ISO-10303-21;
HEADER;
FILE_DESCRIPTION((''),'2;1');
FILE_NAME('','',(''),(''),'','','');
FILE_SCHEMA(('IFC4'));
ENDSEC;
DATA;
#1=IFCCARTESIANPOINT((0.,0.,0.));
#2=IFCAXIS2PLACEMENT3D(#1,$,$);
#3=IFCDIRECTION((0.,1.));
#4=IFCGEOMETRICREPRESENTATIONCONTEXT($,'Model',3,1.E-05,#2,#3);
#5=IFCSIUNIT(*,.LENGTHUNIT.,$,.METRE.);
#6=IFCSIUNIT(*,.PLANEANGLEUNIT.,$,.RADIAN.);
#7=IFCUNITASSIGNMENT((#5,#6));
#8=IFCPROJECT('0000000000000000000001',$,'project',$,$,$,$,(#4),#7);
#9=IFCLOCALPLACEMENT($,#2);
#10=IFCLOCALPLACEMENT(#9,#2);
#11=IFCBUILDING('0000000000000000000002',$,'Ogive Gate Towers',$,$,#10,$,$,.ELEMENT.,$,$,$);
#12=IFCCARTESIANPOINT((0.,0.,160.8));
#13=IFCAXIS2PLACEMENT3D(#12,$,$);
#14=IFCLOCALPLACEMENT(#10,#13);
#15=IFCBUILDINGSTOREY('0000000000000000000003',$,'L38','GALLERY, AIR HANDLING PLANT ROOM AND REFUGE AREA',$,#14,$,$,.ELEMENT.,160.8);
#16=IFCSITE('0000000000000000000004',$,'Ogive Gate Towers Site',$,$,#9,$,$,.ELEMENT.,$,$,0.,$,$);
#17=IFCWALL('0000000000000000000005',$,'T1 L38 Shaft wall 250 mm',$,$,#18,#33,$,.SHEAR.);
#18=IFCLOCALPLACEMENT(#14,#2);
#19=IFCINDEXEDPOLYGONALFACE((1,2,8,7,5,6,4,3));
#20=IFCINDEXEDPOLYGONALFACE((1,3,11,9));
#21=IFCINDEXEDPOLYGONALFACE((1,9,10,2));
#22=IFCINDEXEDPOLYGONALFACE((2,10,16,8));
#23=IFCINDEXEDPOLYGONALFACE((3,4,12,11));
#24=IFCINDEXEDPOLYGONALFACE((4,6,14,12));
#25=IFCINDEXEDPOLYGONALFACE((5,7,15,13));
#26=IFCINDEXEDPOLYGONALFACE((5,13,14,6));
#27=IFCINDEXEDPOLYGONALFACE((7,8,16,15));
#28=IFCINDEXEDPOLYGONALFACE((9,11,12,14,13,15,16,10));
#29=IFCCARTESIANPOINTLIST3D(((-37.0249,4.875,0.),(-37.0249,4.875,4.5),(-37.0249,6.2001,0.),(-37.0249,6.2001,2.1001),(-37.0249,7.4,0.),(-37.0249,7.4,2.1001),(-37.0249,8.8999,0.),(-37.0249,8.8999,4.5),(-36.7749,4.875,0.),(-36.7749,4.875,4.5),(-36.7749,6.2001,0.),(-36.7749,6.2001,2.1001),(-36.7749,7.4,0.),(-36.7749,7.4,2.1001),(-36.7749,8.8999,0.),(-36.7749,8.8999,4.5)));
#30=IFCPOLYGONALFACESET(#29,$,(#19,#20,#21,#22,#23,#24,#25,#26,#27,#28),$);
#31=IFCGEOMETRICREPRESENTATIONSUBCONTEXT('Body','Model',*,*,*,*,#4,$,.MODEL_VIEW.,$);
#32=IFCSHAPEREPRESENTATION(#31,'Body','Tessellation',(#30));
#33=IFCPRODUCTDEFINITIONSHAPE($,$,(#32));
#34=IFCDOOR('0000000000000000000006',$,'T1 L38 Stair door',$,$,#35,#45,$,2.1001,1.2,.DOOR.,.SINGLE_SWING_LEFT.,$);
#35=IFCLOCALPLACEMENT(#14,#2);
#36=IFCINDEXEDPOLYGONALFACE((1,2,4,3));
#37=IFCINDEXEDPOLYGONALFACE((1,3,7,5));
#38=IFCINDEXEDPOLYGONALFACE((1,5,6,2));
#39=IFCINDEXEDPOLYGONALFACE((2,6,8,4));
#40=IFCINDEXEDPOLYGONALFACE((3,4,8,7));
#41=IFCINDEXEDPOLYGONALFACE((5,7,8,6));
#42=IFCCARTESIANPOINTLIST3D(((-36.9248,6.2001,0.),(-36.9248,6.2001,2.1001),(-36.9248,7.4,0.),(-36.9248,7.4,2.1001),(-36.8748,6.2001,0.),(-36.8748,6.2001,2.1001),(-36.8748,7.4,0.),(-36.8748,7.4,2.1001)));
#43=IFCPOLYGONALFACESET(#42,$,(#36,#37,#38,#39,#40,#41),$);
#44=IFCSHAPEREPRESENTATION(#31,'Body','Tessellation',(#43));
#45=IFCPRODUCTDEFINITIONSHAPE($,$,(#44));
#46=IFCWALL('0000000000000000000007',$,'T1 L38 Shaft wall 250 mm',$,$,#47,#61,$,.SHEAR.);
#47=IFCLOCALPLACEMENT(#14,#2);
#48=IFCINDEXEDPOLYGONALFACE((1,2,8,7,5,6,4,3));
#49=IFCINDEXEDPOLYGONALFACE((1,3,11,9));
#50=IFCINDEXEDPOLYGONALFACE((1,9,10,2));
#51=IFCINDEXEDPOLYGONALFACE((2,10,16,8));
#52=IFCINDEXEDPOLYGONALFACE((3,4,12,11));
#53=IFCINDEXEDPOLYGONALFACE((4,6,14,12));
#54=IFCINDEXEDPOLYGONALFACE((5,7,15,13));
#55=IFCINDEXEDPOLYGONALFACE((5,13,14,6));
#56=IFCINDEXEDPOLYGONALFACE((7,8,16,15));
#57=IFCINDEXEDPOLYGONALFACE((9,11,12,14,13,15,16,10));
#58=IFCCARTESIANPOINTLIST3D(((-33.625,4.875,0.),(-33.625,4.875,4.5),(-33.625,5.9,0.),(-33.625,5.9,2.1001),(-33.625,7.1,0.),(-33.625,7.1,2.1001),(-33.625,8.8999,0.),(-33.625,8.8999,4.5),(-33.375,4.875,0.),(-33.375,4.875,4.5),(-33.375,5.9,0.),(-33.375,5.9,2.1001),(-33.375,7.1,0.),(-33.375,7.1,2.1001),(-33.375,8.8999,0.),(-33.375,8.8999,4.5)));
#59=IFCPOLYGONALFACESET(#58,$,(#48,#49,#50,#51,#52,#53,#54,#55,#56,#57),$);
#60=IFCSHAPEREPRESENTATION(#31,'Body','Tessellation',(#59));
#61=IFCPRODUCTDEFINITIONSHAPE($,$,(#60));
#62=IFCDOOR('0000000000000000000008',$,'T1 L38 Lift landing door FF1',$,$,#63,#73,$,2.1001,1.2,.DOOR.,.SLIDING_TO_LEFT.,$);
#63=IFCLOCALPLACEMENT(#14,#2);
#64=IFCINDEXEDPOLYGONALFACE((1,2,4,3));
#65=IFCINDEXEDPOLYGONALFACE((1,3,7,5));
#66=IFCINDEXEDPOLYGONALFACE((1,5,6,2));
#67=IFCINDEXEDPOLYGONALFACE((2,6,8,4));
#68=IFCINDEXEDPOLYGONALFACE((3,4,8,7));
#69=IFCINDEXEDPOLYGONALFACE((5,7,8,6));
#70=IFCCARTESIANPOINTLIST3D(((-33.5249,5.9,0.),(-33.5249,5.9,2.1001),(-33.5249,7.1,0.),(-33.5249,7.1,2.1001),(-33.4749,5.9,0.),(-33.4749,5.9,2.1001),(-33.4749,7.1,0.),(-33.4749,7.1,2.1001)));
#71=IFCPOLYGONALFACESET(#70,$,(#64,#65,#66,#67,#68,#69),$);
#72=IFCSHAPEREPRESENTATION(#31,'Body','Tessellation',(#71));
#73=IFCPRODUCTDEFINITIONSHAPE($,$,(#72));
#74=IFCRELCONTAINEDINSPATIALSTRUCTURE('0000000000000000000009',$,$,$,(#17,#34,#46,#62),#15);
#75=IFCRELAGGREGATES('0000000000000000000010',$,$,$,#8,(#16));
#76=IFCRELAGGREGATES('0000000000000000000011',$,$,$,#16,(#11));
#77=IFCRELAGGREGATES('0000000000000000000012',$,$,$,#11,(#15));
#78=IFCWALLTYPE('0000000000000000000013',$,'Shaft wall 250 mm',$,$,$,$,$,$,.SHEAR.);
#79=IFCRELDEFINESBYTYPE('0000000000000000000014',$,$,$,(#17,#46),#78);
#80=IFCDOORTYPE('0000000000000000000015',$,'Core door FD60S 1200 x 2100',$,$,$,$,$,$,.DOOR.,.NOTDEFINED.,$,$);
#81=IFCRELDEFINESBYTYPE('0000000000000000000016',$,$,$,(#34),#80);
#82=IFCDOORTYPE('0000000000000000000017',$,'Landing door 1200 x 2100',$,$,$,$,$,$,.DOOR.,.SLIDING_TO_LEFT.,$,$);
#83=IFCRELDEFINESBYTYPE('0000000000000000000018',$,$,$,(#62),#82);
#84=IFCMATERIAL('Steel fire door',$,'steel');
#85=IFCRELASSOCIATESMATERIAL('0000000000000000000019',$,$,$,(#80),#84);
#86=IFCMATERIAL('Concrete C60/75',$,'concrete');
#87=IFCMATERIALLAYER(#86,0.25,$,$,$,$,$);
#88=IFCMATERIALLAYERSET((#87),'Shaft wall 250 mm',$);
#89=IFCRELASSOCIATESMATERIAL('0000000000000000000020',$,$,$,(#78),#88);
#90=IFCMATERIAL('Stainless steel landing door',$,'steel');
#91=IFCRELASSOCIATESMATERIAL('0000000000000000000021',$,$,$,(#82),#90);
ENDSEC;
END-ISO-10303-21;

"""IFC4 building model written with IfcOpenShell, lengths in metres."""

from ifc_helpers import new_model, si_unit, direction, frame, frame_2d, origin, place, context, subcontext, project, spatial, rectangle, extrude, material, layer, layer_set, type_object, element, fill, save


model = new_model("IFC4")

# Units and contexts
model_context = context("Model", 3, precision=1e-05, world=origin(), true_north=direction((0.0, 1.0)))
body_context = subcontext(model_context, "Body", "Model", "MODEL_VIEW")
ifc_project = project(units=[si_unit("LENGTHUNIT", "METRE"), si_unit("PLANEANGLEUNIT", "RADIAN")], contexts=[model_context])

# Site, building, storey
site_placement = place(None, origin())
site = spatial("IfcSite", under=ifc_project, at=site_placement, Name="Ogive Gate Towers Site", CompositionType="ELEMENT", RefElevation=0.0)
building_placement = place(site_placement, origin())
building = spatial("IfcBuilding", under=site, at=building_placement, Name="Ogive Gate Towers", CompositionType="ELEMENT")
storey_placement = place(building_placement, frame((0.0, 0.0, 160.8)))
storey = spatial("IfcBuildingStorey", under=building, at=storey_placement, Name="L38", Description="GALLERY, AIR HANDLING PLANT ROOM AND REFUGE AREA", CompositionType="ELEMENT", Elevation=160.8)

# Shared definitions
ifc_material_1 = material(Name="Concrete C60/75", Category="concrete")
ifc_material_2 = material(Name="Steel fire door", Category="steel")
door_type_1 = type_object("IfcDoorType", Name="Core door FD60S 1200 x 2100", OperationType="NOTDEFINED", PredefinedType="DOOR", material=ifc_material_2)

# Shared definitions
ifc_layer_1 = layer(ifc_material_1, 0.25)
ifc_layer_set_1 = layer_set([ifc_layer_1], Name="Shaft wall 250 mm")
wall_type_1 = type_object("IfcWallType", Name="Shaft wall 250 mm", PredefinedType="SHEAR", material=ifc_layer_set_1)

# Walls, openings, doors
wall_1_placement = place(storey_placement, frame((-36.8999, 4.875, 0.0), z_axis=(0.0, 0.0, 1.0), x_axis=(0.0, 1.0, 0.0)))
wall_1 = element("IfcWall", 1, at=wall_1_placement, inside=storey, type_object=wall_type_1, Name="T1 L38 Shaft wall 250 mm", PredefinedType="SHEAR", context=body_context, shape_type="SweptSolid", body=[
    extrude(rectangle(XDim=4.0249, YDim=0.25, at=frame_2d((2.0125, 0.0))), origin(), (0.0, 0.0, 1.0), 4.5),
])
opening_1_placement = place(wall_1_placement, frame((1.325, 0.0, 0.0)))
opening_1 = element("IfcOpeningElement", 2, at=opening_1_placement, cuts=wall_1, PredefinedType="OPENING", context=body_context, shape_type="SweptSolid", body=[
    extrude(rectangle(XDim=1.2, YDim=2.1001, at=frame_2d((0.6001, 1.05))), frame((0.0, 0.135, 0.0), z_axis=(0.0, -1.0, 0.0), x_axis=(1.0, 0.0, 0.0)), (0.0, 0.0, 1.0), 0.27),
])
door_1_placement = place(opening_1_placement, origin())
door_1 = element("IfcDoor", 3, at=door_1_placement, inside=storey, type_object=door_type_1, Name="T1 L38 Stair door", OperationType="SINGLE_SWING_LEFT", OverallHeight=2.1001, OverallWidth=1.2, PredefinedType="DOOR", context=body_context, shape_type="SweptSolid", body=[
    extrude(rectangle(XDim=1.2, YDim=2.1001, at=frame_2d((0.6001, 1.05))), frame((0.0, 0.0249, 0.0), z_axis=(0.0, -1.0, 0.0), x_axis=(1.0, 0.0, 0.0)), (0.0, 0.0, 1.0), 0.05),
])
fill(opening_1, door_1)
wall_2_placement = place(storey_placement, frame((-33.5, 4.875, 0.0), z_axis=(0.0, 0.0, 1.0), x_axis=(0.0, 1.0, 0.0)))
wall_2 = element("IfcWall", 4, at=wall_2_placement, inside=storey, type_object=wall_type_1, Name="T1 L38 Shaft wall 250 mm", PredefinedType="SHEAR", context=body_context, shape_type="SweptSolid", body=[
    extrude(rectangle(XDim=4.0249, YDim=0.25, at=frame_2d((2.0125, 0.0))), origin(), (0.0, 0.0, 1.0), 4.5),
])
opening_2_placement = place(wall_2_placement, frame((1.0249, 0.0, 0.0)))
opening_2 = element("IfcOpeningElement", 5, at=opening_2_placement, cuts=wall_2, PredefinedType="OPENING", context=body_context, shape_type="SweptSolid", body=[
    extrude(rectangle(XDim=1.2, YDim=2.1001, at=frame_2d((0.6001, 1.05))), frame((0.0, 0.135, 0.0), z_axis=(0.0, -1.0, 0.0), x_axis=(1.0, 0.0, 0.0)), (0.0, 0.0, 1.0), 0.27),
])
ifc_material_3 = material(Name="Stainless steel landing door", Category="steel")
door_type_2 = type_object("IfcDoorType", Name="Landing door 1200 x 2100", OperationType="SLIDING_TO_LEFT", PredefinedType="DOOR", material=ifc_material_3)
door_2_placement = place(opening_2_placement, origin())
door_2 = element("IfcDoor", 6, at=door_2_placement, inside=storey, type_object=door_type_2, Name="T1 L38 Lift landing door FF1", OperationType="SLIDING_TO_LEFT", OverallHeight=2.1001, OverallWidth=1.2, PredefinedType="DOOR", context=body_context, shape_type="SweptSolid", body=[
    extrude(rectangle(XDim=1.2, YDim=2.1001, at=frame_2d((0.6001, 1.05))), frame((0.0, 0.0249, 0.0), z_axis=(0.0, -1.0, 0.0), x_axis=(1.0, 0.0, 0.0)), (0.0, 0.0, 1.0), 0.05),
])
fill(opening_2, door_2)

save(model, "model.ifc")
